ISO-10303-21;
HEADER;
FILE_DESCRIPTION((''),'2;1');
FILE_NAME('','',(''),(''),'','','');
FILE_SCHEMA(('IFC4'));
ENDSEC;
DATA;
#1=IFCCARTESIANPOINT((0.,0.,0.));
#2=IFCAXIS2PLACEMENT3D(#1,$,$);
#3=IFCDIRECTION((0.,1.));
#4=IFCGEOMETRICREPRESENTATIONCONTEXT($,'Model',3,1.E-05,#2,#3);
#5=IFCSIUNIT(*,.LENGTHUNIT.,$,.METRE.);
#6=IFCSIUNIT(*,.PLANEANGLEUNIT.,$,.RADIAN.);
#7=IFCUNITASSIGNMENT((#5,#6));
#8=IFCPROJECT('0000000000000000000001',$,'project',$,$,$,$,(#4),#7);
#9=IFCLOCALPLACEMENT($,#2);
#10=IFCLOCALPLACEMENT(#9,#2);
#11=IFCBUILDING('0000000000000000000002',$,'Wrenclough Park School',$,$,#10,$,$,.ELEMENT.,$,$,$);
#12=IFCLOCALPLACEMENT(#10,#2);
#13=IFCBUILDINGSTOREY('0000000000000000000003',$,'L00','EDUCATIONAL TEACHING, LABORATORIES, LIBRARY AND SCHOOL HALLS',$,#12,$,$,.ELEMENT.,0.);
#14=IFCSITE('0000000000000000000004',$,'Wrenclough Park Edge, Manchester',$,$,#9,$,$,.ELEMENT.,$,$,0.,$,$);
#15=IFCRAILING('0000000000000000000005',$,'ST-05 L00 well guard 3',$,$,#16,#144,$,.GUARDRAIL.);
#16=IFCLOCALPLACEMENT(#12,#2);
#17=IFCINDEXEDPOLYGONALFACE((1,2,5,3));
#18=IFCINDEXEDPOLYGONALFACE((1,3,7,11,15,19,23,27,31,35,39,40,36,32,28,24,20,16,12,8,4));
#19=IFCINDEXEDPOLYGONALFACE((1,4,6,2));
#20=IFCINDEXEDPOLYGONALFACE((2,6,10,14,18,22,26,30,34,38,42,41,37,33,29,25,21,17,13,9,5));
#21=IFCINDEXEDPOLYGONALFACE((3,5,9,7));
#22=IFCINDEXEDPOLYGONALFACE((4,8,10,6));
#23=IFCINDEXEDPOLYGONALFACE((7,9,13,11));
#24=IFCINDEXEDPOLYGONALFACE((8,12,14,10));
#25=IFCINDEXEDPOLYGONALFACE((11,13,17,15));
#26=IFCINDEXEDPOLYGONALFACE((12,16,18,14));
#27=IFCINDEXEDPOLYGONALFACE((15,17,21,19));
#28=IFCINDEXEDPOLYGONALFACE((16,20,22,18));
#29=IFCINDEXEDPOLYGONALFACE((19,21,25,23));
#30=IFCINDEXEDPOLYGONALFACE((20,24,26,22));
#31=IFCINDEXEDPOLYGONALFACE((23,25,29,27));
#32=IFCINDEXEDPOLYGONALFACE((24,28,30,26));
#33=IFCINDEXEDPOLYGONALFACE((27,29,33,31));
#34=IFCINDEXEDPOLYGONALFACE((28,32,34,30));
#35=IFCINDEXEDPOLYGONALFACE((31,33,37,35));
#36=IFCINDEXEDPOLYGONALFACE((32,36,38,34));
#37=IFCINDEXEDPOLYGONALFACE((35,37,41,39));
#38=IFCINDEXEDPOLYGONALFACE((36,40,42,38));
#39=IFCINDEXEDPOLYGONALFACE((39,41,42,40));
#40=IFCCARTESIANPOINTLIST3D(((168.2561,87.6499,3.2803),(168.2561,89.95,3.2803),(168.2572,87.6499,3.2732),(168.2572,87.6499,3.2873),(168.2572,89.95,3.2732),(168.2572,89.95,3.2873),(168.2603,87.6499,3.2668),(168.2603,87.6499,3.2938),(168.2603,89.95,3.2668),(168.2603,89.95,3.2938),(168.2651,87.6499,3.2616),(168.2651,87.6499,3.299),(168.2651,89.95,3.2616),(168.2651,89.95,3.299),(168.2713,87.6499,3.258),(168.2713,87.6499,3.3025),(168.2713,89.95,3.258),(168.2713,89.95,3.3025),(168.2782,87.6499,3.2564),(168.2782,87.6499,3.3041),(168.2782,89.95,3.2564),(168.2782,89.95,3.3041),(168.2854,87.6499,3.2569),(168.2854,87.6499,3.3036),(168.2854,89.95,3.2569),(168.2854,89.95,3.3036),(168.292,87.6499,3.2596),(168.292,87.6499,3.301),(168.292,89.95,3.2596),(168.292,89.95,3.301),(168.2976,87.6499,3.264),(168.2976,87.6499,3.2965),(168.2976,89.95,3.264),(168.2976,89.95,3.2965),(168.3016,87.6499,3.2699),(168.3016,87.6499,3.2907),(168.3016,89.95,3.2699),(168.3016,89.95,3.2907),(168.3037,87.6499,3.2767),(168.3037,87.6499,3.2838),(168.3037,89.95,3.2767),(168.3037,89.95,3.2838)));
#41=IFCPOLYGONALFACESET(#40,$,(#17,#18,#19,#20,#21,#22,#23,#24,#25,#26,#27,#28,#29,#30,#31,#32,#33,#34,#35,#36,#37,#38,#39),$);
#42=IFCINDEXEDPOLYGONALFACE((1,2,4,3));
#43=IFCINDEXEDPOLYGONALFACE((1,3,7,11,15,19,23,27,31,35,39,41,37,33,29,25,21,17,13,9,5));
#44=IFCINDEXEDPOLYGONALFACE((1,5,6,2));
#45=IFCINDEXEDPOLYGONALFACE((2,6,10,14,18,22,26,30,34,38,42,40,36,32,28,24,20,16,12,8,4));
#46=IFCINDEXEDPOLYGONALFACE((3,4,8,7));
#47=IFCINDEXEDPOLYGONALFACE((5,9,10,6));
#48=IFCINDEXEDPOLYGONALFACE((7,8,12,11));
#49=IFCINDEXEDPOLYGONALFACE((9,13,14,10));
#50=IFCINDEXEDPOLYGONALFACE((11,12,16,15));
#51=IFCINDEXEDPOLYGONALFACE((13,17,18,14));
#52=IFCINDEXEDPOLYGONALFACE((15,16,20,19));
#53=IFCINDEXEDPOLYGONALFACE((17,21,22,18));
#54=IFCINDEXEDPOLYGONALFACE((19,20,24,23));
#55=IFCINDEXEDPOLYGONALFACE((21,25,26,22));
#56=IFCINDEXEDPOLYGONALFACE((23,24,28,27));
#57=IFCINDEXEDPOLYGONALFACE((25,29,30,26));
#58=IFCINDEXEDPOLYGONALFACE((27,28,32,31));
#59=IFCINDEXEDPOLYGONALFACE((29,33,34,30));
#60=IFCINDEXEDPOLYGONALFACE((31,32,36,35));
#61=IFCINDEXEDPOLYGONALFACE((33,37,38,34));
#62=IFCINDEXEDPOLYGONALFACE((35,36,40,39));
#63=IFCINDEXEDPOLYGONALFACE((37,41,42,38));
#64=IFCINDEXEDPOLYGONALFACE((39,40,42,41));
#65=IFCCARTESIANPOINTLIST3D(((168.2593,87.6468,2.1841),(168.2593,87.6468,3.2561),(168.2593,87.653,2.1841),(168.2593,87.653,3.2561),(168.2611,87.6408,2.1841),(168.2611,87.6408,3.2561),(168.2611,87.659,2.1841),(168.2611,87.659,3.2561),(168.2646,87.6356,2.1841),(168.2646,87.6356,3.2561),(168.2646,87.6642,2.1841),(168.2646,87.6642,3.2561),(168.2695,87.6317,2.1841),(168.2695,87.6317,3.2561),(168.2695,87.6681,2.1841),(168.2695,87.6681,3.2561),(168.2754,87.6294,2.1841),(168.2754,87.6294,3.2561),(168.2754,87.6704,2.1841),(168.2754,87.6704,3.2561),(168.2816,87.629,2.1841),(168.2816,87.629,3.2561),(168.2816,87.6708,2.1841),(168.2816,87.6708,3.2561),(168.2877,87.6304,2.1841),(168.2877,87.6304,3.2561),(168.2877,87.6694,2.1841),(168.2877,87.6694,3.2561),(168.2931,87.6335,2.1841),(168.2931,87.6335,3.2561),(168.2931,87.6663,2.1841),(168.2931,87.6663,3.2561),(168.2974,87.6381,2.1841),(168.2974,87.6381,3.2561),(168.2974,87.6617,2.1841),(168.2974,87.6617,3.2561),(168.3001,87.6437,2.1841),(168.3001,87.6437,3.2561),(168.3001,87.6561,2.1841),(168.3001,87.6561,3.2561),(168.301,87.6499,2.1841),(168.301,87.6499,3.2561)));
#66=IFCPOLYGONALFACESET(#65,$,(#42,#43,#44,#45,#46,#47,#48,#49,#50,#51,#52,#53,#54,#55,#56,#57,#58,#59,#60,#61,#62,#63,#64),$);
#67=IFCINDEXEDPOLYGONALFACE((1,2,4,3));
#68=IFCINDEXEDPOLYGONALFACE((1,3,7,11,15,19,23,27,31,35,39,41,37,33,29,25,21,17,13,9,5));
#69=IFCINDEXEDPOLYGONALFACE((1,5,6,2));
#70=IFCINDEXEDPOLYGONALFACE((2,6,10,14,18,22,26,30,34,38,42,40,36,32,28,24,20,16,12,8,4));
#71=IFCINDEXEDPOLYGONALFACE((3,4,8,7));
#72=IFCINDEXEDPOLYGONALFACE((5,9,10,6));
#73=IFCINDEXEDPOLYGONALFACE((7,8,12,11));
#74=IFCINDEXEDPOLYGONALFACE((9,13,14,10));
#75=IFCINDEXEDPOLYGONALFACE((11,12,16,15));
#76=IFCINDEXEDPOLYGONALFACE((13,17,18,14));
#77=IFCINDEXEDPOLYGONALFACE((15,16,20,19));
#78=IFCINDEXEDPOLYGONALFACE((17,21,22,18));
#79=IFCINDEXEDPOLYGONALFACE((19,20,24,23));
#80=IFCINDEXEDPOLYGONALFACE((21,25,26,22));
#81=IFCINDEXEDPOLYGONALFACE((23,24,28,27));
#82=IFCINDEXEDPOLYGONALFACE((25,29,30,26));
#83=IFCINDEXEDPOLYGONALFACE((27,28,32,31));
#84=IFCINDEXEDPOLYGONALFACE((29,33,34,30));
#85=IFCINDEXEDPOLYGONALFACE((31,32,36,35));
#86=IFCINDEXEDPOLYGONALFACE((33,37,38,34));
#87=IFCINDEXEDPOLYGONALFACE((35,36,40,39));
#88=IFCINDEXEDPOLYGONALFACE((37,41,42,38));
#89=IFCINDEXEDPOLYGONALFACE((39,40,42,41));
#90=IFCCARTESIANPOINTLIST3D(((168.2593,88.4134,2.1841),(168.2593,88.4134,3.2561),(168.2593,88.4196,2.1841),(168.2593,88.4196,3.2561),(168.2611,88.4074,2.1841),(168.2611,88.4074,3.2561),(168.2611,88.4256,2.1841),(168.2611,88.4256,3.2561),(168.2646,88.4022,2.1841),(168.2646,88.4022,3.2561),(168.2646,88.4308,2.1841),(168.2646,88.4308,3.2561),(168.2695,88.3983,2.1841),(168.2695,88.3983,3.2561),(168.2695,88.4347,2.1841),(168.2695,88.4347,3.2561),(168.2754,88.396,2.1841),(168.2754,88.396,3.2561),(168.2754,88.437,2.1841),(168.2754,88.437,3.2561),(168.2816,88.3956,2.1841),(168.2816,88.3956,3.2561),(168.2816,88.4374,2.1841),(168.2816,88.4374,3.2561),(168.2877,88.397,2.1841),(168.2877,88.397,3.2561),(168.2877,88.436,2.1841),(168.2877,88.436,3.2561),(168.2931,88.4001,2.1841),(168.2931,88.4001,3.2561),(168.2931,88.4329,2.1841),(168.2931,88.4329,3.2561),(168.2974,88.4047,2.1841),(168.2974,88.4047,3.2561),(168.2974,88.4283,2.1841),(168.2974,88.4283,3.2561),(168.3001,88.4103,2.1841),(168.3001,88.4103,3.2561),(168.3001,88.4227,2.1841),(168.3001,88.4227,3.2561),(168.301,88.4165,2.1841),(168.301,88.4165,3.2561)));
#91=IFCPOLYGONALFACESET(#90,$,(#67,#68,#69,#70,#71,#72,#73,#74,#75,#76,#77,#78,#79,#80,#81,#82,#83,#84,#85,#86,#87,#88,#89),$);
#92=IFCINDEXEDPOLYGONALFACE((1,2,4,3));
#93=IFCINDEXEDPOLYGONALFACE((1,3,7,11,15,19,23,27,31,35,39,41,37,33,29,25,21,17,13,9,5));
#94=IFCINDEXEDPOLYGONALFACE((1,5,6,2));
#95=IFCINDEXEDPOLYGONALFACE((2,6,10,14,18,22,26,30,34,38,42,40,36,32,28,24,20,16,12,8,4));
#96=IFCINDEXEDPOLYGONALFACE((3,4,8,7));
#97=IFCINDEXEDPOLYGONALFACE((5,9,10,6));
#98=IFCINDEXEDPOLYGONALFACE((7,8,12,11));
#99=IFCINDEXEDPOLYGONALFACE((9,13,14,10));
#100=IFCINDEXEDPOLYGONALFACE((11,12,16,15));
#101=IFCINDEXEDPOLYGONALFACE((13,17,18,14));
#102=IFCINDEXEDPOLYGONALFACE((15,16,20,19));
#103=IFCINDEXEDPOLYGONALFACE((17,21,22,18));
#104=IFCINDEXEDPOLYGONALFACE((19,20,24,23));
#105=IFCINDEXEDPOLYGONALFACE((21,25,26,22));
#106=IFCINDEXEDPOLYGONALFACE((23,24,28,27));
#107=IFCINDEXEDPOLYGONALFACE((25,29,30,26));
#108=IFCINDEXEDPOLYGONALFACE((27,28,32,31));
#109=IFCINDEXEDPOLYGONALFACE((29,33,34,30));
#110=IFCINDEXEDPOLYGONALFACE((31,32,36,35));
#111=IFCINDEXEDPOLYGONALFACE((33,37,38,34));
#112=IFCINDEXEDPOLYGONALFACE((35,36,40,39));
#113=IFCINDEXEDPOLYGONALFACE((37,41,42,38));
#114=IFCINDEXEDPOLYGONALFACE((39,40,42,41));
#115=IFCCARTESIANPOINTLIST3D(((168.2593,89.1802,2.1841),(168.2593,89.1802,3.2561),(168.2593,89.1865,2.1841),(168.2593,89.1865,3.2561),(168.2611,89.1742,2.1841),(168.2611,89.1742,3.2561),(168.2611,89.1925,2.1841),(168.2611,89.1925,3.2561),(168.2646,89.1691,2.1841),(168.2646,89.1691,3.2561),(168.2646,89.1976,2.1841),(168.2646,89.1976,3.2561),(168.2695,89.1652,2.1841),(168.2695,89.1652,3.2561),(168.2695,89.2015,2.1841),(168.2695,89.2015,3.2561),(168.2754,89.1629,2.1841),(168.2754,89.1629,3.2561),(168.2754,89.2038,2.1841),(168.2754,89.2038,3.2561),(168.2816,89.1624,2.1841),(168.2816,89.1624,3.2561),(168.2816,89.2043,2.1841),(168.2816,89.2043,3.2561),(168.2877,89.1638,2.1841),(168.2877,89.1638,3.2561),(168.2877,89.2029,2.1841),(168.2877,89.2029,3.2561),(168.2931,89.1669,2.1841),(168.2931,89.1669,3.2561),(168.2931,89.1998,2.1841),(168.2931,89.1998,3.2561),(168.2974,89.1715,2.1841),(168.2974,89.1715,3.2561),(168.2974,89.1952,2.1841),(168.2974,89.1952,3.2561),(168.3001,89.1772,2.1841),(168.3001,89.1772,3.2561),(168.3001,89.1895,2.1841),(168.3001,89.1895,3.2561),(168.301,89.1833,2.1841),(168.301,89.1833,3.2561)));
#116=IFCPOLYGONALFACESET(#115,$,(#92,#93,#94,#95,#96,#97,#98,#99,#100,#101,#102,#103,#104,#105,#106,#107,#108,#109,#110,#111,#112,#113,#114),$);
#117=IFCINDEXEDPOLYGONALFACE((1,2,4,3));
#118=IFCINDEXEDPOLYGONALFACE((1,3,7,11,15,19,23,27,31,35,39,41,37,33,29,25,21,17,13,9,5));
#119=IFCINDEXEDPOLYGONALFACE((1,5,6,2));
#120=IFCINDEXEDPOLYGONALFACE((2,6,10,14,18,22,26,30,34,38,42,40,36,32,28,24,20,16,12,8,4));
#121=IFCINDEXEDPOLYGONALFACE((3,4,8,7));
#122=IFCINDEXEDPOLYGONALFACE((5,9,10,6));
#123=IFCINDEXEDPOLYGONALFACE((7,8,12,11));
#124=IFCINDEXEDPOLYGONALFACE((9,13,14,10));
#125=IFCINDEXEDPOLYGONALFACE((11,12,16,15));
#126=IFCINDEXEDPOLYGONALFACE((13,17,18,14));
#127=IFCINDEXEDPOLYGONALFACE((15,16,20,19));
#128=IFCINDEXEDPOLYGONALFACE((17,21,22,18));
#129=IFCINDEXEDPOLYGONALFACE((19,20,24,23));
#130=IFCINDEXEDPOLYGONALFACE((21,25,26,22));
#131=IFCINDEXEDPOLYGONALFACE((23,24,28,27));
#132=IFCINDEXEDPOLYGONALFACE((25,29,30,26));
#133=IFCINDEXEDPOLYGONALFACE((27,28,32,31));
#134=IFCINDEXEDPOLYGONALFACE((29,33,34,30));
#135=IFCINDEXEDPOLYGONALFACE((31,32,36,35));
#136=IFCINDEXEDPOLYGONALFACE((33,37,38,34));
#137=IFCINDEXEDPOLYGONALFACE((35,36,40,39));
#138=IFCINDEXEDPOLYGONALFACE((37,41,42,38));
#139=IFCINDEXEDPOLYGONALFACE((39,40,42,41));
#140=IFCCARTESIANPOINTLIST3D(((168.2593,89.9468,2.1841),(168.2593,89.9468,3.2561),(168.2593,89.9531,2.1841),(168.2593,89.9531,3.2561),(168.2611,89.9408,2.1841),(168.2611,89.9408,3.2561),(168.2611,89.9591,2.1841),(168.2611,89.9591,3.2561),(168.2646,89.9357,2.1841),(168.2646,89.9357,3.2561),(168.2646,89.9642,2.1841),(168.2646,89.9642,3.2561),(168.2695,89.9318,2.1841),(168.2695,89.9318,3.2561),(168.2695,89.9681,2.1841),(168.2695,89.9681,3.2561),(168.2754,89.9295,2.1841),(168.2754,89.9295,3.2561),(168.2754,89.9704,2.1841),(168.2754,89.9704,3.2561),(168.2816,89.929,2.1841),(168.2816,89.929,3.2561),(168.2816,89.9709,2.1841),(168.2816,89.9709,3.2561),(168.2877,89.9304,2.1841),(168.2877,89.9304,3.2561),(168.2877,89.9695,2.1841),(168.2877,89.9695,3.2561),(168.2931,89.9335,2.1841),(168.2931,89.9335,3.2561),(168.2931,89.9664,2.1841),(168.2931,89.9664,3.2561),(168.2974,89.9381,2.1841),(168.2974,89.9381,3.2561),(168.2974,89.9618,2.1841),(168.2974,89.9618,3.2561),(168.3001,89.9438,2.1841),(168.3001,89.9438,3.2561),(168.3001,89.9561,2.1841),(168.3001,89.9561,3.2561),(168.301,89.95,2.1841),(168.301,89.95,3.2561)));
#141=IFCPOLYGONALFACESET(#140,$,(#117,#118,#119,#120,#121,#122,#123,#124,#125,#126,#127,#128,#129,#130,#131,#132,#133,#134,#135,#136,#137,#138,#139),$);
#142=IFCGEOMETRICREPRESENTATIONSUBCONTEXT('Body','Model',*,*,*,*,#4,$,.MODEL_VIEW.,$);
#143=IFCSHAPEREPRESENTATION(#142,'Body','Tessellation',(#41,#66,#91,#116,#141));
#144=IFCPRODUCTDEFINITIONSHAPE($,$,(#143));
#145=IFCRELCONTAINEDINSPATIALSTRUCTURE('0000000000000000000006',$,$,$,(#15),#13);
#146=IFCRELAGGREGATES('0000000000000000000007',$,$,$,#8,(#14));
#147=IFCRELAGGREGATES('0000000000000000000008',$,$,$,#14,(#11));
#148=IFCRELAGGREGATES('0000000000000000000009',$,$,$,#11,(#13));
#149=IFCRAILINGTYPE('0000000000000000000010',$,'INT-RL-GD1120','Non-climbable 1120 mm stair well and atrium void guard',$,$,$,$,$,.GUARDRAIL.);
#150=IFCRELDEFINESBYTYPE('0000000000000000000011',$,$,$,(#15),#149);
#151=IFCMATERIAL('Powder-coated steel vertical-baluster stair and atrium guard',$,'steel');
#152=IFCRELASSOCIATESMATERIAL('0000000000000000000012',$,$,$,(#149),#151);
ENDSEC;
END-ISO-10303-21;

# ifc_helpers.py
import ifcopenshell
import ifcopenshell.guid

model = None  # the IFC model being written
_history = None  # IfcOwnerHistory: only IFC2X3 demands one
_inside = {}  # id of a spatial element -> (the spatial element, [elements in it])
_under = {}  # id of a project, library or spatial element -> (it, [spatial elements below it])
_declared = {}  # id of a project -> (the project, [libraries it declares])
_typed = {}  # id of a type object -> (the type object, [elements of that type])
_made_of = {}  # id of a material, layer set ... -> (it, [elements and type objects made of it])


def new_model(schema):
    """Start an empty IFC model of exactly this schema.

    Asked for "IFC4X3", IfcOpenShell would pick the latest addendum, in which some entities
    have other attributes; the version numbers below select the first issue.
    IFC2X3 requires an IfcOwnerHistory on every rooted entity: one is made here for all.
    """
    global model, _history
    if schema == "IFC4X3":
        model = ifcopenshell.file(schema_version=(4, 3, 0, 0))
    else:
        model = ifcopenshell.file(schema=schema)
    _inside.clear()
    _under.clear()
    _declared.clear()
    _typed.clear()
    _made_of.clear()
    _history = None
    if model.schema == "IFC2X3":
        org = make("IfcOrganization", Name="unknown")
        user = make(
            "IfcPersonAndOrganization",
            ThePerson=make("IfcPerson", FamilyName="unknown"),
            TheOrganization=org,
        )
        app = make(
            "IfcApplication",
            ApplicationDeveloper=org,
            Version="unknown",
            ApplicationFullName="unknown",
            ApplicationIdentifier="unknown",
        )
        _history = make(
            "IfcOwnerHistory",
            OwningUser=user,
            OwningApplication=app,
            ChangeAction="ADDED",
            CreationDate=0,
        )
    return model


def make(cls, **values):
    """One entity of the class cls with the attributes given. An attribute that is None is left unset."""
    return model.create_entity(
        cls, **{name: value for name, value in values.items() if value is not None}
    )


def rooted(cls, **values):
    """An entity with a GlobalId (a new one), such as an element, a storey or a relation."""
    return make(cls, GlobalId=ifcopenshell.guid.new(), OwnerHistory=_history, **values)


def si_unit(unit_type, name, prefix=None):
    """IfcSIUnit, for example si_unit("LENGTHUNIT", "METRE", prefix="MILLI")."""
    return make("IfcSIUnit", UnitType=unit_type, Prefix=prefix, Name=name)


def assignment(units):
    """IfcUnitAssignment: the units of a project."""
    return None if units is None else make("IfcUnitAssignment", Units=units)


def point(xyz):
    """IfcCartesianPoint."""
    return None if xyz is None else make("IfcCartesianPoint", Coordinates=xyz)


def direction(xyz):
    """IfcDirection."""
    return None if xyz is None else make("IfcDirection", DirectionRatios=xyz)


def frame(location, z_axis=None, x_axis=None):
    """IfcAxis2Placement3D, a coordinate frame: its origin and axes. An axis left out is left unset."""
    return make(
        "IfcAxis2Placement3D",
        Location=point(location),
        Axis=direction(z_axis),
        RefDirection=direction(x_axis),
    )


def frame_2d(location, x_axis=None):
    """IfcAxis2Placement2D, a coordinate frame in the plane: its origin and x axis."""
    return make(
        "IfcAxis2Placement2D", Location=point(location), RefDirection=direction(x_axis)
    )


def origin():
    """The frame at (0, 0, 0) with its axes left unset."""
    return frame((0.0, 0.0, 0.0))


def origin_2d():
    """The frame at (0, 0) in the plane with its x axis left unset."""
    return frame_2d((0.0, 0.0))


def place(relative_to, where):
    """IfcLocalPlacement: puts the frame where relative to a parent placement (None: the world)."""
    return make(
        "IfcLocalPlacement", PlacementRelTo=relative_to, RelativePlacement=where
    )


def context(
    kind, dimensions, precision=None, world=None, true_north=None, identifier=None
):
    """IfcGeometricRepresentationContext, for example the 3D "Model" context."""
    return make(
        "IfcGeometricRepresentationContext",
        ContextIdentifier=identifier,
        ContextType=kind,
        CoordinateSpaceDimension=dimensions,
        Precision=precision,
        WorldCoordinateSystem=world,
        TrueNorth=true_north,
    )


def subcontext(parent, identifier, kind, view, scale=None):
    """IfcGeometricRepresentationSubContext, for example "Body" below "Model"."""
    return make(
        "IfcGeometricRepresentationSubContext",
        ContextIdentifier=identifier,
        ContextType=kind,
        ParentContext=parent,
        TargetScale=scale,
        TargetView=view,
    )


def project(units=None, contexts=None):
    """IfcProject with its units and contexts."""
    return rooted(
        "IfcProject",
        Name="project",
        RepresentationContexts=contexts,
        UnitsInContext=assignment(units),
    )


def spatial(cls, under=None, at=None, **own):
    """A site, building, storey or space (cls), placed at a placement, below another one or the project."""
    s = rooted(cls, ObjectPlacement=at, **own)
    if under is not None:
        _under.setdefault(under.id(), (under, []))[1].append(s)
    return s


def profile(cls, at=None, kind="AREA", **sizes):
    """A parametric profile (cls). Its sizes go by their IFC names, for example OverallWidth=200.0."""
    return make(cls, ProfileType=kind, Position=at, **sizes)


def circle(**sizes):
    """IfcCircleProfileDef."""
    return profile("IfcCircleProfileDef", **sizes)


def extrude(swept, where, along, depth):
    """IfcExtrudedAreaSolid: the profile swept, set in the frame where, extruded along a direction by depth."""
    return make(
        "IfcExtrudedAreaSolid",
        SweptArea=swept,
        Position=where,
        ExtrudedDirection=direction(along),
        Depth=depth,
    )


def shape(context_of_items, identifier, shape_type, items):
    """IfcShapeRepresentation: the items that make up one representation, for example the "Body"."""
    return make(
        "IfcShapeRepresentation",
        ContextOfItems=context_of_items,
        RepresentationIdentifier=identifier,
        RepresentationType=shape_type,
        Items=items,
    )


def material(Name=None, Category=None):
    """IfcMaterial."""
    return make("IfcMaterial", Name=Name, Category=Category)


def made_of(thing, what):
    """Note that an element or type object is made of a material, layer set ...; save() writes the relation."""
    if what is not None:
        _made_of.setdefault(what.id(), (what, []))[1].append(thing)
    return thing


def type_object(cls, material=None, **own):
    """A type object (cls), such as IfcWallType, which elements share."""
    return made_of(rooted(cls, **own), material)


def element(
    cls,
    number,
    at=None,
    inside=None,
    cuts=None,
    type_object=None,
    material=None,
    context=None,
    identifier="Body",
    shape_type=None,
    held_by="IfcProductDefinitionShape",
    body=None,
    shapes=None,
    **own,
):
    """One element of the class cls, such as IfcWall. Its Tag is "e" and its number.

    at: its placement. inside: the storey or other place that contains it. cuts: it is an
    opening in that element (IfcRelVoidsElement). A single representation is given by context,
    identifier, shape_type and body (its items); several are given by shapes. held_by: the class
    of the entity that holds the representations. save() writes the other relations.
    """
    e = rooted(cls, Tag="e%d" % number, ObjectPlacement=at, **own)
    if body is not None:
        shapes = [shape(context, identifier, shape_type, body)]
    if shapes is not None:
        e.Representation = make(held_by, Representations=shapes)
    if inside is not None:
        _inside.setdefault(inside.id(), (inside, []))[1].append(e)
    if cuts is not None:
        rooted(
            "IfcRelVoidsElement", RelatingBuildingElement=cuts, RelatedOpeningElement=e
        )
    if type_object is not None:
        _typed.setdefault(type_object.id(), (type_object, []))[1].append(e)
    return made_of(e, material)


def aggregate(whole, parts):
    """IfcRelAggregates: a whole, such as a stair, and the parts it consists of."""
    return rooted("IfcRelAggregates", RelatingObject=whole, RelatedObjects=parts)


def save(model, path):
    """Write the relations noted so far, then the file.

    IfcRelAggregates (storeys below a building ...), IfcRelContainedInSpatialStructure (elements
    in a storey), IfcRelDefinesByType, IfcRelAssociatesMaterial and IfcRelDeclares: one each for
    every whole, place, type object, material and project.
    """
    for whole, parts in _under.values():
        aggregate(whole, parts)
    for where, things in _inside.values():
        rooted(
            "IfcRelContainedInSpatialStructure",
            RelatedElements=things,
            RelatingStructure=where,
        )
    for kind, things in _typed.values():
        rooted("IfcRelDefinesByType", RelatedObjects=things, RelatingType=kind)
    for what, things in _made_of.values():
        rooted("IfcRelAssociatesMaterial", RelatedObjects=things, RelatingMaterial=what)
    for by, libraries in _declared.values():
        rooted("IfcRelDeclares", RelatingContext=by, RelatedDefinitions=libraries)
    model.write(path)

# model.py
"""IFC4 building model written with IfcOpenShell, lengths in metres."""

from ifc_helpers import new_model, si_unit, direction, frame, origin, origin_2d, place, context, subcontext, project, spatial, circle, extrude, material, type_object, element, save


model = new_model("IFC4")

# Units and contexts
model_context = context("Model", 3, precision=1e-05, world=origin(), true_north=direction((0.0, 1.0)))
body_context = subcontext(model_context, "Body", "Model", "MODEL_VIEW")
ifc_project = project(units=[si_unit("LENGTHUNIT", "METRE"), si_unit("PLANEANGLEUNIT", "RADIAN")], contexts=[model_context])

# Site, building, storey
site_placement = place(None, origin())
site = spatial("IfcSite", under=ifc_project, at=site_placement, Name="Wrenclough Park Edge, Manchester", CompositionType="ELEMENT", RefElevation=0.0)
building_placement = place(site_placement, origin())
building = spatial("IfcBuilding", under=site, at=building_placement, Name="Wrenclough Park School", CompositionType="ELEMENT")
storey_placement = place(building_placement, origin())
storey = spatial("IfcBuildingStorey", under=building, at=storey_placement, Name="L00", Description="EDUCATIONAL TEACHING, LABORATORIES, LIBRARY AND SCHOOL HALLS", CompositionType="ELEMENT", Elevation=0.0)

# Railing
ifc_material_1 = material(Name="Powder-coated steel vertical-baluster stair and atrium guard", Category="steel")
railing_type_1 = type_object("IfcRailingType", Name="INT-RL-GD1120", Description="Non-climbable 1120 mm stair well and atrium void guard", PredefinedType="GUARDRAIL", material=ifc_material_1)
railing_1_placement = place(storey_placement, frame((168.28, 87.6499, 2.1841)))
element("IfcRailing", 1, at=railing_1_placement, inside=storey, type_object=railing_type_1, Name="ST-05 L00 well guard 3", PredefinedType="GUARDRAIL", context=body_context, shape_type="SweptSolid", body=[
    extrude(circle(Radius=0.0239, at=origin_2d()), frame((0.0, 0.0, 1.0962), z_axis=(0.0, 1.0, 0.0), x_axis=(-1.0, 0.0, 0.0)), (0.0, 0.0, 1.0), 2.3),
    extrude(circle(Radius=0.021, at=origin_2d()), origin(), (0.0, 0.0, 1.0), 1.072),
    extrude(circle(Radius=0.021, at=origin_2d()), frame((0.0, 0.7666, 0.0)), (0.0, 0.0, 1.0), 1.072),
    extrude(circle(Radius=0.021, at=origin_2d()), frame((0.0, 1.5334, 0.0)), (0.0, 0.0, 1.0), 1.072),
    extrude(circle(Radius=0.021, at=origin_2d()), frame((0.0, 2.3, 0.0)), (0.0, 0.0, 1.0), 1.072),
])

save(model, "model.ifc")
